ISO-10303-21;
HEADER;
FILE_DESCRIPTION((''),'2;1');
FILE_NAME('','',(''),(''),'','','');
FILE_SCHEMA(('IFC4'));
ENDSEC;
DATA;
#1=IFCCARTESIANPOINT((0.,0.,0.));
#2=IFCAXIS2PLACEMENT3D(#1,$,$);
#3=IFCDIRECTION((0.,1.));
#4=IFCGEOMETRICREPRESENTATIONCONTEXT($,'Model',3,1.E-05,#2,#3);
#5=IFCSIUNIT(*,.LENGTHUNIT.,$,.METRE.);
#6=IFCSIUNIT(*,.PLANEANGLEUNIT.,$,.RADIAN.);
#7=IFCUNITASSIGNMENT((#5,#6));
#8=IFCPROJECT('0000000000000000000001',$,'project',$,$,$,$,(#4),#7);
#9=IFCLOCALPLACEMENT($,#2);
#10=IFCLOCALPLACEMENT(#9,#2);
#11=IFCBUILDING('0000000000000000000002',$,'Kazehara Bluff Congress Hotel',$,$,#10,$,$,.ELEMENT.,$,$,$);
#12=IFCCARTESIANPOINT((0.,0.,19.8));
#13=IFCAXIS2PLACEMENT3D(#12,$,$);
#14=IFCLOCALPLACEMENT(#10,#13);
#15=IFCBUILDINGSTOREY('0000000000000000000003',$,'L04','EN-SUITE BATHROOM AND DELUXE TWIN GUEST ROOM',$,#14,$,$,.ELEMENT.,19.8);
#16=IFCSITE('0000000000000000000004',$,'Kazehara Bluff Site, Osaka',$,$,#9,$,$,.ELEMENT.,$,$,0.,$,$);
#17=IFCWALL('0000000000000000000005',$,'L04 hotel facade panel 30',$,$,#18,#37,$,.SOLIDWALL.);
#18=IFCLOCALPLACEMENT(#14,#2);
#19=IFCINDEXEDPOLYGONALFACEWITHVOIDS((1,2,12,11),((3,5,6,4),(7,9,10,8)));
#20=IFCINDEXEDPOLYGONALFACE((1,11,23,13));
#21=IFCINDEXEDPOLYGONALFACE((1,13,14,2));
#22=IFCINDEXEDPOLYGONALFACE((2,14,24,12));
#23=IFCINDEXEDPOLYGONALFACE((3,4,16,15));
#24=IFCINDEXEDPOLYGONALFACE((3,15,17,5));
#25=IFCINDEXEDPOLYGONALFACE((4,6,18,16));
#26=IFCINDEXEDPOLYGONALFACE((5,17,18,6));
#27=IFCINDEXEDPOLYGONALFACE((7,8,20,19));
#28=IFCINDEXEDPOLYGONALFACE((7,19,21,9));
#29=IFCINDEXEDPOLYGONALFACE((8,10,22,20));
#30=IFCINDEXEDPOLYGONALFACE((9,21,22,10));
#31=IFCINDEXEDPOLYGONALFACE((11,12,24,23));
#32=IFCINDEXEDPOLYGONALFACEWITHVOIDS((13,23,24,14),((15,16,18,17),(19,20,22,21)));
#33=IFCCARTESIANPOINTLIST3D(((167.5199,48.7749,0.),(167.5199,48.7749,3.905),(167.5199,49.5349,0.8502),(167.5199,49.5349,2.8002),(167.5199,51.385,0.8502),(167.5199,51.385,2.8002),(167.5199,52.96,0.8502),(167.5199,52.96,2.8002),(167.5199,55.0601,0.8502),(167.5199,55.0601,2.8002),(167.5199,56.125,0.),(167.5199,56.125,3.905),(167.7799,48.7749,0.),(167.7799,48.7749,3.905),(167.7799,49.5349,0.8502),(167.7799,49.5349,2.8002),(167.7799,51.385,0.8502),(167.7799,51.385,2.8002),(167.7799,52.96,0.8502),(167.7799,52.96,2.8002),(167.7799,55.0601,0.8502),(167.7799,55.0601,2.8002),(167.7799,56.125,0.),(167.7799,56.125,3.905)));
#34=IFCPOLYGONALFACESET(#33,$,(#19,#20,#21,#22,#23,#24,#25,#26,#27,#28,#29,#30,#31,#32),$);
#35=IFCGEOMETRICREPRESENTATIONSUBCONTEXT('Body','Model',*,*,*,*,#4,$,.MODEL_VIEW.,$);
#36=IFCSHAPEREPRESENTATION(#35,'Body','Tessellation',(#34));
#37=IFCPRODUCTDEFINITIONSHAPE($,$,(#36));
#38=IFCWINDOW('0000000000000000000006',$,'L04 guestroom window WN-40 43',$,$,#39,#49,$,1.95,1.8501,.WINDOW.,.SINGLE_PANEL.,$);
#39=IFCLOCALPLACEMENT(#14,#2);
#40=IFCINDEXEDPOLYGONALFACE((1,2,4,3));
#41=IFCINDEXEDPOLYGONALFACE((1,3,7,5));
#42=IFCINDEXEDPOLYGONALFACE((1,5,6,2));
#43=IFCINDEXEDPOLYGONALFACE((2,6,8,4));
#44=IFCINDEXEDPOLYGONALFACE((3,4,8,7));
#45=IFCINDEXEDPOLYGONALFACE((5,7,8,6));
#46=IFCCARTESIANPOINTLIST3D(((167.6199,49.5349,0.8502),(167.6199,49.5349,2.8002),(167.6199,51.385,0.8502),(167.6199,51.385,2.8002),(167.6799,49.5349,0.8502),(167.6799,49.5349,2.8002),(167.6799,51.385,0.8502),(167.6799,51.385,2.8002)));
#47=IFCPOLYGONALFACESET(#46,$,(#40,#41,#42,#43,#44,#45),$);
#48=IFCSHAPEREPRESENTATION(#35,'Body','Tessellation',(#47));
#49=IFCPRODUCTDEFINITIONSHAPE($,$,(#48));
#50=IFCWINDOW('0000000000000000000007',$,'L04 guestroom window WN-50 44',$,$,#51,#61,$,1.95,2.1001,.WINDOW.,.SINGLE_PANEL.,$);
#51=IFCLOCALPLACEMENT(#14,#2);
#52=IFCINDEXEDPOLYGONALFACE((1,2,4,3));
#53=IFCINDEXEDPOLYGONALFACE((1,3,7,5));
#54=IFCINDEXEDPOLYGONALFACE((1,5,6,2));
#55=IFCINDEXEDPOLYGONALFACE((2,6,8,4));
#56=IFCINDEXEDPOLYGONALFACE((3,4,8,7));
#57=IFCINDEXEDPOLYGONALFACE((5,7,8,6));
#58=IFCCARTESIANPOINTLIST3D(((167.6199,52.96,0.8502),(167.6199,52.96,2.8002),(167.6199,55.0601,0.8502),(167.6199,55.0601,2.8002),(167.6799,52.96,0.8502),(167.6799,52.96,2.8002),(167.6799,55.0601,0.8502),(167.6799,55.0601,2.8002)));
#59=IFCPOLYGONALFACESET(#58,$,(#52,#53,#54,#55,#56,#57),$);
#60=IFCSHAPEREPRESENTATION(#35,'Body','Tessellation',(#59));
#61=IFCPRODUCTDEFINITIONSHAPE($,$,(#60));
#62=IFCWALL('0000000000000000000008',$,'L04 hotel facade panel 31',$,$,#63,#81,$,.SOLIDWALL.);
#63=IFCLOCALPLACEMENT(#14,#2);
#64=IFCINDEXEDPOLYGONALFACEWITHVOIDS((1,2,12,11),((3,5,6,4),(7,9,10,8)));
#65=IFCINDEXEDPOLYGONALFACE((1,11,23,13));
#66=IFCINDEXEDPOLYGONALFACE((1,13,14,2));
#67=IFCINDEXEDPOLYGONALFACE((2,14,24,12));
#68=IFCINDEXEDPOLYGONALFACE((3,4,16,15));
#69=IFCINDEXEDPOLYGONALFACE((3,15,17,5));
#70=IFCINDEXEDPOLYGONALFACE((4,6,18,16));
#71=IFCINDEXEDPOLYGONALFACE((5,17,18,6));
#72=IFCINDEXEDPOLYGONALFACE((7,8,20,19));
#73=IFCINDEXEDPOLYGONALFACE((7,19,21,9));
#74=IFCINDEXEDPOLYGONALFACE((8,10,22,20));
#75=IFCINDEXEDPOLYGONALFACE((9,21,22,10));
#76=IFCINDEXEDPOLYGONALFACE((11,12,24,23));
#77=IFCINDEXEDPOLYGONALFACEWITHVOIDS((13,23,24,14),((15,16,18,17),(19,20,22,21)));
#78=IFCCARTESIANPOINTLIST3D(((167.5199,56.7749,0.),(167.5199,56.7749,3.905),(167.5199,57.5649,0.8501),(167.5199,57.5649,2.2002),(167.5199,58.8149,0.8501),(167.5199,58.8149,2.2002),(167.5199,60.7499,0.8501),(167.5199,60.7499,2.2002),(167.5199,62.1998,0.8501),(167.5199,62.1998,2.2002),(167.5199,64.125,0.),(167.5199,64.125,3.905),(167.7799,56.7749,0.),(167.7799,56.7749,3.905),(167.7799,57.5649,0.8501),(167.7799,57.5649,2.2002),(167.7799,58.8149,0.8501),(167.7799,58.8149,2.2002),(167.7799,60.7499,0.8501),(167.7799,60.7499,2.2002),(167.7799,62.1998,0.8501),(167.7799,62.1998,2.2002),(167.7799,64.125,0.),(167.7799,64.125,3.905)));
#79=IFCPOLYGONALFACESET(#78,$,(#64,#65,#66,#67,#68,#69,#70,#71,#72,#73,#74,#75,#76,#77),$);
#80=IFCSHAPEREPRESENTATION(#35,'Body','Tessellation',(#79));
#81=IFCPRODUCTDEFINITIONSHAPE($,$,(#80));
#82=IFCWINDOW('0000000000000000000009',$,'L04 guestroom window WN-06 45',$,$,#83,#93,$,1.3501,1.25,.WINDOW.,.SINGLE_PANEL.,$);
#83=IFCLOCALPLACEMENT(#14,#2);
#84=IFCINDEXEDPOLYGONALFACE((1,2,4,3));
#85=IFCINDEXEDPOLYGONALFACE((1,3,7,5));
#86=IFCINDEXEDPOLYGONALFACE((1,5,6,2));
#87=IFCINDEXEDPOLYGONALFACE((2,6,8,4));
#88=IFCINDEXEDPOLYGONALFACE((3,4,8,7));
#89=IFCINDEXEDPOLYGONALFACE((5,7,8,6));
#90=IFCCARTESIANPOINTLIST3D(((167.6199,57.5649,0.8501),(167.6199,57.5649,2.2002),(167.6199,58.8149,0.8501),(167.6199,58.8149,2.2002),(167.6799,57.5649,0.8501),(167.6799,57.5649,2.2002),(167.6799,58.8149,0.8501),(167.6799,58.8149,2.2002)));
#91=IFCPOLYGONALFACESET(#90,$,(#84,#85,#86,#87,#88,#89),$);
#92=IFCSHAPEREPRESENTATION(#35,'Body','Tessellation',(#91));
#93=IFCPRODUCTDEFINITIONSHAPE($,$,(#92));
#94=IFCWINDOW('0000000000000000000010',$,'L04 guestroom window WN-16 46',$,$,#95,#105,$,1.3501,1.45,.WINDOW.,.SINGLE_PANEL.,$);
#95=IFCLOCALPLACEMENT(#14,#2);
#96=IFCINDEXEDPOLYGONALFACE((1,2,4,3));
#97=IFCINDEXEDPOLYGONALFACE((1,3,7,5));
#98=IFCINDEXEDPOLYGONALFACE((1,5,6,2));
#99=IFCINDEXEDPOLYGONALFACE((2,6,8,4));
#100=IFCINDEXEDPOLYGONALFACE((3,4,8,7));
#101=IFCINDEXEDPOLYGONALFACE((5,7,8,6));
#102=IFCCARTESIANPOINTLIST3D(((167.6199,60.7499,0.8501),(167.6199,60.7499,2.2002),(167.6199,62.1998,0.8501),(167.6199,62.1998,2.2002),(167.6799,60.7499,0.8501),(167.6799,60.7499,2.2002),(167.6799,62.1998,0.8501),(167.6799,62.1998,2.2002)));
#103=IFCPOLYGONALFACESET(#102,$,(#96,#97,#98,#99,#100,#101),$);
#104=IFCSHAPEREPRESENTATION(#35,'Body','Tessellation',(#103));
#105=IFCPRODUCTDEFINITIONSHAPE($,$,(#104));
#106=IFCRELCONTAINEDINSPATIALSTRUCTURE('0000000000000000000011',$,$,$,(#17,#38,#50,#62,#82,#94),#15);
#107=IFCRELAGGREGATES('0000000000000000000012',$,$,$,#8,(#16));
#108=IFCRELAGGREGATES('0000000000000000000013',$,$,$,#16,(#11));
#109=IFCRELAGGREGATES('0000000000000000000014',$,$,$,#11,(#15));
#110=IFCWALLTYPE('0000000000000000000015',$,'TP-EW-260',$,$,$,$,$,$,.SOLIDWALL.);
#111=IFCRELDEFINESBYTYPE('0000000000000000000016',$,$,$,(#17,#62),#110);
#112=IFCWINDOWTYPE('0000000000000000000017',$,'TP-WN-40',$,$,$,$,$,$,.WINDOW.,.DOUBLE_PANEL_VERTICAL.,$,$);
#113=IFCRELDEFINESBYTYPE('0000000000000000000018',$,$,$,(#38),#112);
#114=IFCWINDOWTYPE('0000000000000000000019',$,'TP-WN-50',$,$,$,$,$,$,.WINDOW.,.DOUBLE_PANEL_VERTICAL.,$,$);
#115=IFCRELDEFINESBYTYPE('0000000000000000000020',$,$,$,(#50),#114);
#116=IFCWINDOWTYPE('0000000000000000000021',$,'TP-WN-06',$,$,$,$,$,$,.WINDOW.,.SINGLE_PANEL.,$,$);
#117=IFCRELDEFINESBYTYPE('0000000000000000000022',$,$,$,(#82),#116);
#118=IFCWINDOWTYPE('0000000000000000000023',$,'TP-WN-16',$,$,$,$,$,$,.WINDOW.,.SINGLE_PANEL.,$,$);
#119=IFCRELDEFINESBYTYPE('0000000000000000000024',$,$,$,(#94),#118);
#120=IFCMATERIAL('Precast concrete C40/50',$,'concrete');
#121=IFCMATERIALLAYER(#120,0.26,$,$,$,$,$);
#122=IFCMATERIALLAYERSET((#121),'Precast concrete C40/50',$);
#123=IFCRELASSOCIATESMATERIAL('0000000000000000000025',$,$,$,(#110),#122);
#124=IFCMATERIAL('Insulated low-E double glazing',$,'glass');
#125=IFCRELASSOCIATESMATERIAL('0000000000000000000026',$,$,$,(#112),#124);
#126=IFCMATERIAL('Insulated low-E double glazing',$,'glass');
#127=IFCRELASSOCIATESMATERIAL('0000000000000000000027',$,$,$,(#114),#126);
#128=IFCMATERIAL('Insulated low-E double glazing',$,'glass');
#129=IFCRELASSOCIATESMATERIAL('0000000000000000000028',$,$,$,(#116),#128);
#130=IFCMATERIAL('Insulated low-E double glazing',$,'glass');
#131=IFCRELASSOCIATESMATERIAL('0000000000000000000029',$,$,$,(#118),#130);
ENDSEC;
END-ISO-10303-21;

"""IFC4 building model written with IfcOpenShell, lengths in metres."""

from ifc_helpers import new_model, si_unit, direction, frame, frame_2d, origin, place, context, subcontext, project, spatial, rectangle, extrude, material, layer, layer_set, type_object, element, fill, save


model = new_model("IFC4")

# Units and contexts
model_context = context("Model", 3, precision=1e-05, world=origin(), true_north=direction((0.0, 1.0)))
body_context = subcontext(model_context, "Body", "Model", "MODEL_VIEW")
ifc_project = project(units=[si_unit("LENGTHUNIT", "METRE"), si_unit("PLANEANGLEUNIT", "RADIAN")], contexts=[model_context])

# Site, building, storey
site_placement = place(None, origin())
site = spatial("IfcSite", under=ifc_project, at=site_placement, Name="Kazehara Bluff Site, Osaka", CompositionType="ELEMENT", RefElevation=0.0)
building_placement = place(site_placement, origin())
building = spatial("IfcBuilding", under=site, at=building_placement, Name="Kazehara Bluff Congress Hotel", CompositionType="ELEMENT")
storey_placement = place(building_placement, frame((0.0, 0.0, 19.8)))
storey = spatial("IfcBuildingStorey", under=building, at=storey_placement, Name="L04", Description="EN-SUITE BATHROOM AND DELUXE TWIN GUEST ROOM", CompositionType="ELEMENT", Elevation=19.8)

# Walls, openings, windows
ifc_material_1 = material(Name="Precast concrete C40/50", Category="concrete")
ifc_layer = layer(ifc_material_1, 0.26)
ifc_layer_set = layer_set([ifc_layer], Name="Precast concrete C40/50")
wall_type = type_object("IfcWallType", Name="TP-EW-260", PredefinedType="SOLIDWALL", material=ifc_layer_set)
wall_1_placement = place(storey_placement, frame((167.6499, 56.125, 0.0), z_axis=(0.0, 0.0, 1.0), x_axis=(0.0, -1.0, 0.0)))
wall_1 = element("IfcWall", 1, at=wall_1_placement, inside=storey, type_object=wall_type, Name="L04 hotel facade panel 30", PredefinedType="SOLIDWALL", context=body_context, shape_type="SweptSolid", body=[
    extrude(rectangle(XDim=7.3501, YDim=0.26, at=frame_2d((3.675, 0.0))), origin(), (0.0, 0.0, 1.0), 3.905),
])
opening_1_placement = place(wall_1_placement, frame((4.74, 0.0, 0.8501)))
opening_1 = element("IfcOpeningElement", 2, at=opening_1_placement, cuts=wall_1, PredefinedType="OPENING", context=body_context, shape_type="SweptSolid", body=[
    extrude(rectangle(XDim=1.8501, YDim=1.95, at=frame_2d((0.925, 0.9751))), frame((0.0, 0.1399, 0.0), z_axis=(0.0, -1.0, 0.0), x_axis=(1.0, 0.0, 0.0)), (0.0, 0.0, 1.0), 0.28),
])
opening_2_placement = place(wall_1_placement, frame((1.0649, 0.0, 0.8501)))
opening_2 = element("IfcOpeningElement", 3, at=opening_2_placement, cuts=wall_1, PredefinedType="OPENING", context=body_context, shape_type="SweptSolid", body=[
    extrude(rectangle(XDim=2.1001, YDim=1.95, at=frame_2d((1.05, 0.9751))), frame((0.0, 0.1399, 0.0), z_axis=(0.0, -1.0, 0.0), x_axis=(1.0, 0.0, 0.0)), (0.0, 0.0, 1.0), 0.28),
])
ifc_material_2 = material(Name="Insulated low-E double glazing", Category="glass")
window_type_1 = type_object("IfcWindowType", Name="TP-WN-40", PartitioningType="DOUBLE_PANEL_VERTICAL", PredefinedType="WINDOW", material=ifc_material_2)
window_1_placement = place(opening_1_placement, origin())
window_1 = element("IfcWindow", 4, at=window_1_placement, inside=storey, type_object=window_type_1, Name="L04 guestroom window WN-40 43", OverallHeight=1.95, OverallWidth=1.8501, PartitioningType="SINGLE_PANEL", PredefinedType="WINDOW", context=body_context, shape_type="SweptSolid", body=[
    extrude(rectangle(XDim=1.8501, YDim=1.95, at=frame_2d((0.925, 0.9751))), frame((0.0, 0.03, 0.0), z_axis=(0.0, -1.0, 0.0), x_axis=(1.0, 0.0, 0.0)), (0.0, 0.0, 1.0), 0.0601),
])
fill(opening_1, window_1)
ifc_material_3 = material(Name="Insulated low-E double glazing", Category="glass")
window_type_2 = type_object("IfcWindowType", Name="TP-WN-50", PartitioningType="DOUBLE_PANEL_VERTICAL", PredefinedType="WINDOW", material=ifc_material_3)
window_2_placement = place(opening_2_placement, origin())
window_2 = element("IfcWindow", 5, at=window_2_placement, inside=storey, type_object=window_type_2, Name="L04 guestroom window WN-50 44", OverallHeight=1.95, OverallWidth=2.1001, PartitioningType="SINGLE_PANEL", PredefinedType="WINDOW", context=body_context, shape_type="SweptSolid", body=[
    extrude(rectangle(XDim=2.1001, YDim=1.95, at=frame_2d((1.05, 0.9751))), frame((0.0, 0.03, 0.0), z_axis=(0.0, -1.0, 0.0), x_axis=(1.0, 0.0, 0.0)), (0.0, 0.0, 1.0), 0.0601),
])
fill(opening_2, window_2)
wall_2_placement = place(storey_placement, frame((167.6499, 64.125, 0.0), z_axis=(0.0, 0.0, 1.0), x_axis=(0.0, -1.0, 0.0)))
wall_2 = element("IfcWall", 6, at=wall_2_placement, inside=storey, type_object=wall_type, Name="L04 hotel facade panel 31", PredefinedType="SOLIDWALL", context=body_context, shape_type="SweptSolid", body=[
    extrude(rectangle(XDim=7.3501, YDim=0.26, at=frame_2d((3.675, 0.0))), origin(), (0.0, 0.0, 1.0), 3.905),
])
opening_3_placement = place(wall_2_placement, frame((5.3101, 0.0, 0.8501)))
opening_3 = element("IfcOpeningElement", 7, at=opening_3_placement, cuts=wall_2, PredefinedType="OPENING", context=body_context, shape_type="SweptSolid", body=[
    extrude(rectangle(XDim=1.25, YDim=1.3501, at=frame_2d((0.625, 0.675))), frame((0.0, 0.1399, 0.0), z_axis=(0.0, -1.0, 0.0), x_axis=(1.0, 0.0, 0.0)), (0.0, 0.0, 1.0), 0.28),
])
opening_4_placement = place(wall_2_placement, frame((1.925, 0.0, 0.8501)))
opening_4 = element("IfcOpeningElement", 8, at=opening_4_placement, cuts=wall_2, PredefinedType="OPENING", context=body_context, shape_type="SweptSolid", body=[
    extrude(rectangle(XDim=1.45, YDim=1.3501, at=frame_2d((0.7251, 0.675))), frame((0.0, 0.1399, 0.0), z_axis=(0.0, -1.0, 0.0), x_axis=(1.0, 0.0, 0.0)), (0.0, 0.0, 1.0), 0.28),
])
ifc_material_4 = material(Name="Insulated low-E double glazing", Category="glass")
window_type_3 = type_object("IfcWindowType", Name="TP-WN-06", PartitioningType="SINGLE_PANEL", PredefinedType="WINDOW", material=ifc_material_4)
window_3_placement = place(opening_3_placement, origin())
window_3 = element("IfcWindow", 9, at=window_3_placement, inside=storey, type_object=window_type_3, Name="L04 guestroom window WN-06 45", OverallHeight=1.3501, OverallWidth=1.25, PartitioningType="SINGLE_PANEL", PredefinedType="WINDOW", context=body_context, shape_type="SweptSolid", body=[
    extrude(rectangle(XDim=1.25, YDim=1.3501, at=frame_2d((0.625, 0.675))), frame((0.0, 0.03, 0.0), z_axis=(0.0, -1.0, 0.0), x_axis=(1.0, 0.0, 0.0)), (0.0, 0.0, 1.0), 0.0601),
])
fill(opening_3, window_3)
ifc_material_5 = material(Name="Insulated low-E double glazing", Category="glass")
window_type_4 = type_object("IfcWindowType", Name="TP-WN-16", PartitioningType="SINGLE_PANEL", PredefinedType="WINDOW", material=ifc_material_5)
window_4_placement = place(opening_4_placement, origin())
window_4 = element("IfcWindow", 10, at=window_4_placement, inside=storey, type_object=window_type_4, Name="L04 guestroom window WN-16 46", OverallHeight=1.3501, OverallWidth=1.45, PartitioningType="SINGLE_PANEL", PredefinedType="WINDOW", context=body_context, shape_type="SweptSolid", body=[
    extrude(rectangle(XDim=1.45, YDim=1.3501, at=frame_2d((0.7251, 0.675))), frame((0.0, 0.03, 0.0), z_axis=(0.0, -1.0, 0.0), x_axis=(1.0, 0.0, 0.0)), (0.0, 0.0, 1.0), 0.0601),
])
fill(opening_4, window_4)

save(model, "model.ifc")
